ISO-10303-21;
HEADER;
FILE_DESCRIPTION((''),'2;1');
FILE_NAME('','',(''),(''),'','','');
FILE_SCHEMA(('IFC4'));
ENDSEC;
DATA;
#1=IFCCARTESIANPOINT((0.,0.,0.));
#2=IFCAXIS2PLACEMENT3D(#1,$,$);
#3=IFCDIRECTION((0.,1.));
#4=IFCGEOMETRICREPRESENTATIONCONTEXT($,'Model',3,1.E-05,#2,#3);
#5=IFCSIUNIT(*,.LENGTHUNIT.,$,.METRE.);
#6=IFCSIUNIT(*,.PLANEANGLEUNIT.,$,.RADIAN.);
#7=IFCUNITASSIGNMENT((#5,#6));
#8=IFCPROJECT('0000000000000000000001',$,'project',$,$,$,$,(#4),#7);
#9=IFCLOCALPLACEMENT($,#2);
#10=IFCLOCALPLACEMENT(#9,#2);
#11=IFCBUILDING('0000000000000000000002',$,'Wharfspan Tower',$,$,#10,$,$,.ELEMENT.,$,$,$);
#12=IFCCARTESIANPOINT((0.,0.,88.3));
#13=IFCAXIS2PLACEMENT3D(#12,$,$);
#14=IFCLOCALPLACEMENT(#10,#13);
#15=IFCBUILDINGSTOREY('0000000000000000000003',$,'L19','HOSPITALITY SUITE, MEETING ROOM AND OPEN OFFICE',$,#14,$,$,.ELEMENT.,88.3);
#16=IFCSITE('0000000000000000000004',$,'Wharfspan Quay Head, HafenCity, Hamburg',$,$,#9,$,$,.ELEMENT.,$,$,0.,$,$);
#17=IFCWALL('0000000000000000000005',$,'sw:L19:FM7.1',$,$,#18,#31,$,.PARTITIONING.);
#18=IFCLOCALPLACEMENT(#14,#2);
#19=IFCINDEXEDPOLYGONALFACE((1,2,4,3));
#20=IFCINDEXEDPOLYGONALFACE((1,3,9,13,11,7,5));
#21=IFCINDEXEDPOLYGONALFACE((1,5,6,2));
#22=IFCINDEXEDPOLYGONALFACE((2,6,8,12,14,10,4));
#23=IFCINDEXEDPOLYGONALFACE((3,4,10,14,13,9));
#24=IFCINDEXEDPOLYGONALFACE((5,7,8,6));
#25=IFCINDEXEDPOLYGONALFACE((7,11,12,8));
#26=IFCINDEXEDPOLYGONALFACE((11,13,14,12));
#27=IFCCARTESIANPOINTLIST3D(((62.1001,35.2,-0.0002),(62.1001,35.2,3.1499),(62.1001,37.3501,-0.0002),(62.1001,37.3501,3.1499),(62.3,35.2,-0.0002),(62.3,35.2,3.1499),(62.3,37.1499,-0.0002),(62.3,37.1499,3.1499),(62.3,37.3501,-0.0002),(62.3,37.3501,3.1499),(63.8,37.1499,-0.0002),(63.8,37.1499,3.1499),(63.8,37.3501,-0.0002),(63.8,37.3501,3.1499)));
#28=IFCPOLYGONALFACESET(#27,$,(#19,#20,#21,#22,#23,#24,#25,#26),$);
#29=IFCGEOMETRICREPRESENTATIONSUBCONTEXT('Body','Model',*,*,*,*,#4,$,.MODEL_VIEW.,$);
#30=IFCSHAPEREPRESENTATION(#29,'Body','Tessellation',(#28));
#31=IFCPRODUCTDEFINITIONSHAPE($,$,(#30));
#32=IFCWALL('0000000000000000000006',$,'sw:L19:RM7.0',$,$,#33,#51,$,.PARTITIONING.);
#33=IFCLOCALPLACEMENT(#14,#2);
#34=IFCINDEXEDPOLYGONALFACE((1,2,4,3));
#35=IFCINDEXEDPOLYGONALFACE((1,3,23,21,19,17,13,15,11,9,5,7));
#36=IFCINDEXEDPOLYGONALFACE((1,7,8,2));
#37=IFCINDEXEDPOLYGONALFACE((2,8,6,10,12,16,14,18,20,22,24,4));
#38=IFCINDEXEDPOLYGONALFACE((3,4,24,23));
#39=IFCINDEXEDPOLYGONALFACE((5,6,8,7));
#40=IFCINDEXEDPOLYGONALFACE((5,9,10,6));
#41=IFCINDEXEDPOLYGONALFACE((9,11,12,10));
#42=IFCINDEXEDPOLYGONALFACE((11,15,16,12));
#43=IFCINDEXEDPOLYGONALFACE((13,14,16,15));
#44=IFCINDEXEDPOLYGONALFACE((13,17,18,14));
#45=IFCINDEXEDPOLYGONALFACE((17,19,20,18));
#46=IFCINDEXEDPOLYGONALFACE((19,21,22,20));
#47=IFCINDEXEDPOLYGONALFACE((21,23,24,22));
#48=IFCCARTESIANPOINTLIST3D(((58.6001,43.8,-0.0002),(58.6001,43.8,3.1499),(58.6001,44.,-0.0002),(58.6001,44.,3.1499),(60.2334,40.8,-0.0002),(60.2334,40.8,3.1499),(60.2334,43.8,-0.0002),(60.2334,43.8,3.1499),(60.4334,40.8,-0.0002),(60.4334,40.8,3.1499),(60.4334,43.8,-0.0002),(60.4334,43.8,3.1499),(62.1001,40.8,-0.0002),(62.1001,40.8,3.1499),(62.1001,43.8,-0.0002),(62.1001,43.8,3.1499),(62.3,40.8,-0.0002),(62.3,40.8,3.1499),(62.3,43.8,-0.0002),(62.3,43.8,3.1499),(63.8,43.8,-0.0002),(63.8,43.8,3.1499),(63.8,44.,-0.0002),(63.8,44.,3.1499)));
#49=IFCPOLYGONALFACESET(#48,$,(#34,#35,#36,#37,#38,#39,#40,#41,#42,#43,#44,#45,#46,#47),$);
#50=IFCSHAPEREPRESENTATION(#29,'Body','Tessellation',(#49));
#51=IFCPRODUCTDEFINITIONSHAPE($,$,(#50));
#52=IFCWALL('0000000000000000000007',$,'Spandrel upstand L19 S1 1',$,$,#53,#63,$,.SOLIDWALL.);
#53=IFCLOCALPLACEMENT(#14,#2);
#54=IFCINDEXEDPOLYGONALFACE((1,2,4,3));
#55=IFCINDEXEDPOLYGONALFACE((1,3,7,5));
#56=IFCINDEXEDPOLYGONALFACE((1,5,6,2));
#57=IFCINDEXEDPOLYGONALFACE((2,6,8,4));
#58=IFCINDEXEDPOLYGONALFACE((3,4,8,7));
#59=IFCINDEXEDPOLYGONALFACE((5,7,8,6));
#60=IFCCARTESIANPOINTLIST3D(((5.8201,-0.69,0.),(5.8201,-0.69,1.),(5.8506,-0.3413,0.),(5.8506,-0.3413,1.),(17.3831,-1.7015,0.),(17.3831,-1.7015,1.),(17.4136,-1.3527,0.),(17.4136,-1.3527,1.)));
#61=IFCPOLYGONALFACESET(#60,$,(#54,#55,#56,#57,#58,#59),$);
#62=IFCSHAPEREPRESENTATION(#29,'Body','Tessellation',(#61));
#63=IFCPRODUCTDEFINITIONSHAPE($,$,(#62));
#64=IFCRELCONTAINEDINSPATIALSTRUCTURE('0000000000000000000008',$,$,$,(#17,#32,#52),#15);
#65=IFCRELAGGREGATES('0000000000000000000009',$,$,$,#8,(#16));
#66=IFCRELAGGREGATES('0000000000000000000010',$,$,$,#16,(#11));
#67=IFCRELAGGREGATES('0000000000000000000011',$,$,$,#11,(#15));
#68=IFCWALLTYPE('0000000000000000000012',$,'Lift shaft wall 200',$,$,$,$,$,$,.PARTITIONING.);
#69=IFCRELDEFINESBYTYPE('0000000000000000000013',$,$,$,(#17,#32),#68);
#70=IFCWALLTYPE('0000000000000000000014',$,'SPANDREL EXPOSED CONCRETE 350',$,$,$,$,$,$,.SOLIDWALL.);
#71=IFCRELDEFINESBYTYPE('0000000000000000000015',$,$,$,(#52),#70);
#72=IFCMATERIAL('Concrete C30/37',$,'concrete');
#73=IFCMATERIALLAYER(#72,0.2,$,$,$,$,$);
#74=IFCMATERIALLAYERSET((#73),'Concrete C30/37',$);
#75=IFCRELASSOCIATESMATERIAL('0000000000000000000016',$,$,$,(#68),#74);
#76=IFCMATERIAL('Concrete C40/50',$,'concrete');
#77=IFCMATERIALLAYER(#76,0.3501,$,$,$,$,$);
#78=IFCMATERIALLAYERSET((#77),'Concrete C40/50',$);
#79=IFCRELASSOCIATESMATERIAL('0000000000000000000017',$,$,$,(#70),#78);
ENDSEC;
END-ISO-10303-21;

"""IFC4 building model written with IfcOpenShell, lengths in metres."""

from ifc_helpers import new_model, si_unit, direction, frame, frame_2d, origin, place, context, subcontext, project, spatial, polyline, rectangle, outline, extrude, material, layer, layer_set, type_object, element, save


model = new_model("IFC4")

# Units and contexts
model_context = context("Model", 3, precision=1e-05, world=origin(), true_north=direction((0.0, 1.0)))
body_context = subcontext(model_context, "Body", "Model", "MODEL_VIEW")
ifc_project = project(units=[si_unit("LENGTHUNIT", "METRE"), si_unit("PLANEANGLEUNIT", "RADIAN")], contexts=[model_context])

# Site, building, storey
site_placement = place(None, origin())
site = spatial("IfcSite", under=ifc_project, at=site_placement, Name="Wharfspan Quay Head, HafenCity, Hamburg", CompositionType="ELEMENT", RefElevation=0.0)
building_placement = place(site_placement, origin())
building = spatial("IfcBuilding", under=site, at=building_placement, Name="Wharfspan Tower", CompositionType="ELEMENT")
storey_placement = place(building_placement, frame((0.0, 0.0, 88.3)))
storey = spatial("IfcBuildingStorey", under=building, at=storey_placement, Name="L19", Description="HOSPITALITY SUITE, MEETING ROOM AND OPEN OFFICE", CompositionType="ELEMENT", Elevation=88.3)

# Shared definitions
ifc_material_1 = material(Name="Concrete C40/50", Category="concrete")

# Walls
ifc_material_2 = material(Name="Concrete C30/37", Category="concrete")
ifc_layer_1 = layer(ifc_material_2, 0.2)
ifc_layer_set_1 = layer_set([ifc_layer_1], Name="Concrete C30/37")
wall_type_1 = type_object("IfcWallType", Name="Lift shaft wall 200", PredefinedType="PARTITIONING", material=ifc_layer_set_1)
wall_1_placement = place(storey_placement, frame((0.0, 0.0, -0.0002)))
element("IfcWall", 1, at=wall_1_placement, inside=storey, type_object=wall_type_1, Name="sw:L19:FM7.1", PredefinedType="PARTITIONING", context=body_context, shape_type="SweptSolid", body=[
    extrude(outline(polyline([(62.1001, 37.3501), (62.3, 37.3501), (63.8, 37.3501), (63.8, 37.1499), (62.3, 37.1499), (62.3, 35.2), (62.1001, 35.2), (62.1001, 37.3501)])), origin(), (0.0, 0.0, 1.0), 3.1501),
])
wall_2_placement = place(storey_placement, frame((0.0, 0.0, -0.0002)))
element("IfcWall", 2, at=wall_2_placement, inside=storey, type_object=wall_type_1, Name="sw:L19:RM7.0", PredefinedType="PARTITIONING", context=body_context, shape_type="SweptSolid", body=[
    extrude(outline(polyline([(60.4333, 40.8), (60.2334, 40.8), (60.2334, 43.8), (58.6001, 43.8), (58.6001, 44.0), (63.8, 44.0), (63.8, 43.8), (62.3, 43.8), (62.3, 40.8), (62.1001, 40.8), (62.1001, 43.8), (60.4333, 43.8), (60.4333, 40.8)])), origin(), (0.0, 0.0, 1.0), 3.1501),
])
ifc_layer_2 = layer(ifc_material_1, 0.3501)
ifc_layer_set_2 = layer_set([ifc_layer_2], Name="Concrete C40/50")
wall_type_2 = type_object("IfcWallType", Name="SPANDREL EXPOSED CONCRETE 350", PredefinedType="SOLIDWALL", material=ifc_layer_set_2)
wall_3_placement = place(storey_placement, frame((5.8352, -0.5156, 0.0), z_axis=(0.0, 0.0, 1.0), x_axis=(0.996192, -0.087142, 0.0)))
element("IfcWall", 3, at=wall_3_placement, inside=storey, type_object=wall_type_2, Name="Spandrel upstand L19 S1 1", PredefinedType="SOLIDWALL", context=body_context, shape_type="SweptSolid", body=[
    extrude(rectangle(XDim=11.6072, YDim=0.3501, at=frame_2d((5.8037, 0.0))), origin(), (0.0, 0.0, 1.0), 1.0),
])

save(model, "model.ifc")
